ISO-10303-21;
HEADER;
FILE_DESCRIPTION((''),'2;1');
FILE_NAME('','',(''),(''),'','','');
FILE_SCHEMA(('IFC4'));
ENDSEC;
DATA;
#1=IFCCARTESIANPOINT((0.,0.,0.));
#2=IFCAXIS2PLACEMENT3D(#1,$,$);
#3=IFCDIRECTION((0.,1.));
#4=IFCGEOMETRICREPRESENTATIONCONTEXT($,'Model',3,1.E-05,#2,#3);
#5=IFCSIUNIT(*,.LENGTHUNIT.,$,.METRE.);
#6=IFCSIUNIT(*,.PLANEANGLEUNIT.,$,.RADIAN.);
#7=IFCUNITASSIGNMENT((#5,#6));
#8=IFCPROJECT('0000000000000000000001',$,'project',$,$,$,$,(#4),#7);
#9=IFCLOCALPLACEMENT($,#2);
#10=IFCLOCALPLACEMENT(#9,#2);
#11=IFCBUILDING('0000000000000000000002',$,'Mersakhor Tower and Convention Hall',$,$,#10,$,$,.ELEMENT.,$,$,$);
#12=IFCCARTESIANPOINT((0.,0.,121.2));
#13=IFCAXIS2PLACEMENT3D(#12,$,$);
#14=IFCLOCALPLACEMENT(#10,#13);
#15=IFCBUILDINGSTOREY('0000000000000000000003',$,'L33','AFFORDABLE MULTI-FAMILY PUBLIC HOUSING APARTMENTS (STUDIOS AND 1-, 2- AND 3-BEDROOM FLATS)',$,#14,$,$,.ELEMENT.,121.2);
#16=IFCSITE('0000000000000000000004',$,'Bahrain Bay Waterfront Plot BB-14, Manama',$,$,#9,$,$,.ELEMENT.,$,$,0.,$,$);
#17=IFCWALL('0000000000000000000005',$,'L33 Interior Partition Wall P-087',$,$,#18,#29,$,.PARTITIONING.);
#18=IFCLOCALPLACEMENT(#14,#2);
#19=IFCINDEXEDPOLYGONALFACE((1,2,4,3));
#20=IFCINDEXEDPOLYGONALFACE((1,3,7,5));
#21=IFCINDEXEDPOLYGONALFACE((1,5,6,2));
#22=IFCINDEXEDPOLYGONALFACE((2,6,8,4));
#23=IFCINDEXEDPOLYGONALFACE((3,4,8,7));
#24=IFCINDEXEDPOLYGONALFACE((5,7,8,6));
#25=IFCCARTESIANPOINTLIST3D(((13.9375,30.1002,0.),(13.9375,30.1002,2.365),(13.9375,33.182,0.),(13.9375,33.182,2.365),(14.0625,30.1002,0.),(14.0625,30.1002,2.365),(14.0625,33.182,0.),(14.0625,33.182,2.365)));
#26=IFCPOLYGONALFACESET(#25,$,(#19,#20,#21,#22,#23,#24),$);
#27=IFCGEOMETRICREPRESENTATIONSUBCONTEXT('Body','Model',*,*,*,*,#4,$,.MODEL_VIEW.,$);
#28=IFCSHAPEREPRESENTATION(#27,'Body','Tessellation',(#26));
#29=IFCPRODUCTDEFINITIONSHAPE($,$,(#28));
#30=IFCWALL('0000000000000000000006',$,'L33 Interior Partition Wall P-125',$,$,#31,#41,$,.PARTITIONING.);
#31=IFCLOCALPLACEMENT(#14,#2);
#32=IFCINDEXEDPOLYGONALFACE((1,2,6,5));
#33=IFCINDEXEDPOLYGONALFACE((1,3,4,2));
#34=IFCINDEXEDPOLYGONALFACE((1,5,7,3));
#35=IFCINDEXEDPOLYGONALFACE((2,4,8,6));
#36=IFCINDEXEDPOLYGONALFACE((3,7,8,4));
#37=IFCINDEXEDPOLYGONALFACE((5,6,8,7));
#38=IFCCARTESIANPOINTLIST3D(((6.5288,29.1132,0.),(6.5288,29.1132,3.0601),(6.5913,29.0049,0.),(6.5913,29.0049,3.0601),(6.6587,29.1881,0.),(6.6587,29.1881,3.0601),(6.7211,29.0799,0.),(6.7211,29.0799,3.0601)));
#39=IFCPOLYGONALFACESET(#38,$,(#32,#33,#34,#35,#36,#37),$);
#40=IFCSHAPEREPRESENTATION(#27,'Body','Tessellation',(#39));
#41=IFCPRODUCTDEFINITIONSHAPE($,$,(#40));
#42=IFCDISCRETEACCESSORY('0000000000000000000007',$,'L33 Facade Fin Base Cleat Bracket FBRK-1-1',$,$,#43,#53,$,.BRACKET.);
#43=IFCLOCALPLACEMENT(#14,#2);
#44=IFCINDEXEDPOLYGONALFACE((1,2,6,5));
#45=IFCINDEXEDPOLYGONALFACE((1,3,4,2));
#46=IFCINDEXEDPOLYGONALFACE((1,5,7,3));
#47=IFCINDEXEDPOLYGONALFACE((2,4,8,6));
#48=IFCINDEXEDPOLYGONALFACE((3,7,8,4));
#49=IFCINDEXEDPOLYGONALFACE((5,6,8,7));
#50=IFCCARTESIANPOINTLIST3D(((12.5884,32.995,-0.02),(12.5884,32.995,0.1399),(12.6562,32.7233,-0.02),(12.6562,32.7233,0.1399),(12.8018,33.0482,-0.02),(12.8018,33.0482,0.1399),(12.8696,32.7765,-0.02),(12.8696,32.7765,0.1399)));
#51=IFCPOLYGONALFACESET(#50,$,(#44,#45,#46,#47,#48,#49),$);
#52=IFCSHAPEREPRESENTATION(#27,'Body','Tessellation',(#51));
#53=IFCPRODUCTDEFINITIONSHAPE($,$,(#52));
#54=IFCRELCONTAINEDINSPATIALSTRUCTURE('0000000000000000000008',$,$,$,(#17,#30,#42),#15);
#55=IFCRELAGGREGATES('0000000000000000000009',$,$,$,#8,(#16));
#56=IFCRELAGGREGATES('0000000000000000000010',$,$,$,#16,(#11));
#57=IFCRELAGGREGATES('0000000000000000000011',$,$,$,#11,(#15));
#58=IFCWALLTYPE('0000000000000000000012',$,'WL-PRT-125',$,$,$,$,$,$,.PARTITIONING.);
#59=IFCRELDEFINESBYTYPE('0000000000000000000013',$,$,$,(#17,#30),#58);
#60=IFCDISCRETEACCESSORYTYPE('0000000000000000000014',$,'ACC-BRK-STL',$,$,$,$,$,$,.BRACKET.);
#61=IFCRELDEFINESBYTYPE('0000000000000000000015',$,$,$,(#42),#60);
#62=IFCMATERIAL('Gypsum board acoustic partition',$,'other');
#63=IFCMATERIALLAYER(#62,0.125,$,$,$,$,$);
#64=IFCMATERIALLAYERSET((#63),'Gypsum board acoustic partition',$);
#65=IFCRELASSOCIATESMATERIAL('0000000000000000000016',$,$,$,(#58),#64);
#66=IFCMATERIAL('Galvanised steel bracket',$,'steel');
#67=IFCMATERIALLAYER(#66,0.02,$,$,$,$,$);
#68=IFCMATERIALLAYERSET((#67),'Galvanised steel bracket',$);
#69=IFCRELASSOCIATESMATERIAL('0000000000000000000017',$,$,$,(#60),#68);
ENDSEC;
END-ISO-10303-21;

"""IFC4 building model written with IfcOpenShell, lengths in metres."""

from ifc_helpers import new_model, si_unit, direction, frame, frame_2d, origin, origin_2d, place, context, subcontext, project, spatial, rectangle, extrude, material, layer, layer_set, type_object, element, save


model = new_model("IFC4")

# Units and contexts
model_context = context("Model", 3, precision=1e-05, world=origin(), true_north=direction((0.0, 1.0)))
body_context = subcontext(model_context, "Body", "Model", "MODEL_VIEW")
ifc_project = project(units=[si_unit("LENGTHUNIT", "METRE"), si_unit("PLANEANGLEUNIT", "RADIAN")], contexts=[model_context])

# Site, building, storey
site_placement = place(None, origin())
site = spatial("IfcSite", under=ifc_project, at=site_placement, Name="Bahrain Bay Waterfront Plot BB-14, Manama", CompositionType="ELEMENT", RefElevation=0.0)
building_placement = place(site_placement, origin())
building = spatial("IfcBuilding", under=site, at=building_placement, Name="Mersakhor Tower and Convention Hall", CompositionType="ELEMENT")
storey_placement = place(building_placement, frame((0.0, 0.0, 121.2)))
storey = spatial("IfcBuildingStorey", under=building, at=storey_placement, Name="L33", Description="AFFORDABLE MULTI-FAMILY PUBLIC HOUSING APARTMENTS (STUDIOS AND 1-, 2- AND 3-BEDROOM FLATS)", CompositionType="ELEMENT", Elevation=121.2)

# Walls
ifc_material_1 = material(Name="Gypsum board acoustic partition", Category="other")
ifc_layer_1 = layer(ifc_material_1, 0.125)
ifc_layer_set_1 = layer_set([ifc_layer_1], Name="Gypsum board acoustic partition")
wall_type_1 = type_object("IfcWallType", Name="WL-PRT-125", PredefinedType="PARTITIONING", material=ifc_layer_set_1)
wall_1_placement = place(storey_placement, frame((14.0, 30.1001, 0.0), z_axis=(0.0, 0.0, 1.0), x_axis=(0.0, 1.0, 0.0)))
element("IfcWall", 1, at=wall_1_placement, inside=storey, type_object=wall_type_1, Name="L33 Interior Partition Wall P-087", PredefinedType="PARTITIONING", context=body_context, shape_type="SweptSolid", body=[
    extrude(rectangle(XDim=3.0818, YDim=0.125, at=frame_2d((1.541, 0.0))), origin(), (0.0, 0.0, 1.0), 2.365),
])
wall_2_placement = place(storey_placement, frame((6.5601, 29.0591, 0.0), z_axis=(0.0, 0.0, 1.0), x_axis=(0.866131, 0.499816, 0.0)))
element("IfcWall", 2, at=wall_2_placement, inside=storey, type_object=wall_type_1, Name="L33 Interior Partition Wall P-125", PredefinedType="PARTITIONING", context=body_context, shape_type="SweptSolid", body=[
    extrude(rectangle(XDim=0.1499, YDim=0.125, at=frame_2d((0.075, 0.0))), origin(), (0.0, 0.0, 1.0), 3.0601),
])

# Discrete accessory
ifc_material_2 = material(Name="Galvanised steel bracket", Category="steel")
ifc_layer_2 = layer(ifc_material_2, 0.02)
ifc_layer_set_2 = layer_set([ifc_layer_2], Name="Galvanised steel bracket")
discrete_accessory_type = type_object("IfcDiscreteAccessoryType", Name="ACC-BRK-STL", PredefinedType="BRACKET", material=ifc_layer_set_2)
discrete_accessory_placement = place(storey_placement, frame((12.729, 32.8857, -0.02), z_axis=(0.0, 0.0, 1.0), x_axis=(-0.241922, 0.970296, 0.0)))
element("IfcDiscreteAccessory", 3, at=discrete_accessory_placement, inside=storey, type_object=discrete_accessory_type, Name="L33 Facade Fin Base Cleat Bracket FBRK-1-1", PredefinedType="BRACKET", context=body_context, shape_type="SweptSolid", body=[
    extrude(rectangle(XDim=0.28, YDim=0.22, at=origin_2d()), origin(), (0.0, 0.0, 1.0), 0.1599),
])

save(model, "model.ifc")
